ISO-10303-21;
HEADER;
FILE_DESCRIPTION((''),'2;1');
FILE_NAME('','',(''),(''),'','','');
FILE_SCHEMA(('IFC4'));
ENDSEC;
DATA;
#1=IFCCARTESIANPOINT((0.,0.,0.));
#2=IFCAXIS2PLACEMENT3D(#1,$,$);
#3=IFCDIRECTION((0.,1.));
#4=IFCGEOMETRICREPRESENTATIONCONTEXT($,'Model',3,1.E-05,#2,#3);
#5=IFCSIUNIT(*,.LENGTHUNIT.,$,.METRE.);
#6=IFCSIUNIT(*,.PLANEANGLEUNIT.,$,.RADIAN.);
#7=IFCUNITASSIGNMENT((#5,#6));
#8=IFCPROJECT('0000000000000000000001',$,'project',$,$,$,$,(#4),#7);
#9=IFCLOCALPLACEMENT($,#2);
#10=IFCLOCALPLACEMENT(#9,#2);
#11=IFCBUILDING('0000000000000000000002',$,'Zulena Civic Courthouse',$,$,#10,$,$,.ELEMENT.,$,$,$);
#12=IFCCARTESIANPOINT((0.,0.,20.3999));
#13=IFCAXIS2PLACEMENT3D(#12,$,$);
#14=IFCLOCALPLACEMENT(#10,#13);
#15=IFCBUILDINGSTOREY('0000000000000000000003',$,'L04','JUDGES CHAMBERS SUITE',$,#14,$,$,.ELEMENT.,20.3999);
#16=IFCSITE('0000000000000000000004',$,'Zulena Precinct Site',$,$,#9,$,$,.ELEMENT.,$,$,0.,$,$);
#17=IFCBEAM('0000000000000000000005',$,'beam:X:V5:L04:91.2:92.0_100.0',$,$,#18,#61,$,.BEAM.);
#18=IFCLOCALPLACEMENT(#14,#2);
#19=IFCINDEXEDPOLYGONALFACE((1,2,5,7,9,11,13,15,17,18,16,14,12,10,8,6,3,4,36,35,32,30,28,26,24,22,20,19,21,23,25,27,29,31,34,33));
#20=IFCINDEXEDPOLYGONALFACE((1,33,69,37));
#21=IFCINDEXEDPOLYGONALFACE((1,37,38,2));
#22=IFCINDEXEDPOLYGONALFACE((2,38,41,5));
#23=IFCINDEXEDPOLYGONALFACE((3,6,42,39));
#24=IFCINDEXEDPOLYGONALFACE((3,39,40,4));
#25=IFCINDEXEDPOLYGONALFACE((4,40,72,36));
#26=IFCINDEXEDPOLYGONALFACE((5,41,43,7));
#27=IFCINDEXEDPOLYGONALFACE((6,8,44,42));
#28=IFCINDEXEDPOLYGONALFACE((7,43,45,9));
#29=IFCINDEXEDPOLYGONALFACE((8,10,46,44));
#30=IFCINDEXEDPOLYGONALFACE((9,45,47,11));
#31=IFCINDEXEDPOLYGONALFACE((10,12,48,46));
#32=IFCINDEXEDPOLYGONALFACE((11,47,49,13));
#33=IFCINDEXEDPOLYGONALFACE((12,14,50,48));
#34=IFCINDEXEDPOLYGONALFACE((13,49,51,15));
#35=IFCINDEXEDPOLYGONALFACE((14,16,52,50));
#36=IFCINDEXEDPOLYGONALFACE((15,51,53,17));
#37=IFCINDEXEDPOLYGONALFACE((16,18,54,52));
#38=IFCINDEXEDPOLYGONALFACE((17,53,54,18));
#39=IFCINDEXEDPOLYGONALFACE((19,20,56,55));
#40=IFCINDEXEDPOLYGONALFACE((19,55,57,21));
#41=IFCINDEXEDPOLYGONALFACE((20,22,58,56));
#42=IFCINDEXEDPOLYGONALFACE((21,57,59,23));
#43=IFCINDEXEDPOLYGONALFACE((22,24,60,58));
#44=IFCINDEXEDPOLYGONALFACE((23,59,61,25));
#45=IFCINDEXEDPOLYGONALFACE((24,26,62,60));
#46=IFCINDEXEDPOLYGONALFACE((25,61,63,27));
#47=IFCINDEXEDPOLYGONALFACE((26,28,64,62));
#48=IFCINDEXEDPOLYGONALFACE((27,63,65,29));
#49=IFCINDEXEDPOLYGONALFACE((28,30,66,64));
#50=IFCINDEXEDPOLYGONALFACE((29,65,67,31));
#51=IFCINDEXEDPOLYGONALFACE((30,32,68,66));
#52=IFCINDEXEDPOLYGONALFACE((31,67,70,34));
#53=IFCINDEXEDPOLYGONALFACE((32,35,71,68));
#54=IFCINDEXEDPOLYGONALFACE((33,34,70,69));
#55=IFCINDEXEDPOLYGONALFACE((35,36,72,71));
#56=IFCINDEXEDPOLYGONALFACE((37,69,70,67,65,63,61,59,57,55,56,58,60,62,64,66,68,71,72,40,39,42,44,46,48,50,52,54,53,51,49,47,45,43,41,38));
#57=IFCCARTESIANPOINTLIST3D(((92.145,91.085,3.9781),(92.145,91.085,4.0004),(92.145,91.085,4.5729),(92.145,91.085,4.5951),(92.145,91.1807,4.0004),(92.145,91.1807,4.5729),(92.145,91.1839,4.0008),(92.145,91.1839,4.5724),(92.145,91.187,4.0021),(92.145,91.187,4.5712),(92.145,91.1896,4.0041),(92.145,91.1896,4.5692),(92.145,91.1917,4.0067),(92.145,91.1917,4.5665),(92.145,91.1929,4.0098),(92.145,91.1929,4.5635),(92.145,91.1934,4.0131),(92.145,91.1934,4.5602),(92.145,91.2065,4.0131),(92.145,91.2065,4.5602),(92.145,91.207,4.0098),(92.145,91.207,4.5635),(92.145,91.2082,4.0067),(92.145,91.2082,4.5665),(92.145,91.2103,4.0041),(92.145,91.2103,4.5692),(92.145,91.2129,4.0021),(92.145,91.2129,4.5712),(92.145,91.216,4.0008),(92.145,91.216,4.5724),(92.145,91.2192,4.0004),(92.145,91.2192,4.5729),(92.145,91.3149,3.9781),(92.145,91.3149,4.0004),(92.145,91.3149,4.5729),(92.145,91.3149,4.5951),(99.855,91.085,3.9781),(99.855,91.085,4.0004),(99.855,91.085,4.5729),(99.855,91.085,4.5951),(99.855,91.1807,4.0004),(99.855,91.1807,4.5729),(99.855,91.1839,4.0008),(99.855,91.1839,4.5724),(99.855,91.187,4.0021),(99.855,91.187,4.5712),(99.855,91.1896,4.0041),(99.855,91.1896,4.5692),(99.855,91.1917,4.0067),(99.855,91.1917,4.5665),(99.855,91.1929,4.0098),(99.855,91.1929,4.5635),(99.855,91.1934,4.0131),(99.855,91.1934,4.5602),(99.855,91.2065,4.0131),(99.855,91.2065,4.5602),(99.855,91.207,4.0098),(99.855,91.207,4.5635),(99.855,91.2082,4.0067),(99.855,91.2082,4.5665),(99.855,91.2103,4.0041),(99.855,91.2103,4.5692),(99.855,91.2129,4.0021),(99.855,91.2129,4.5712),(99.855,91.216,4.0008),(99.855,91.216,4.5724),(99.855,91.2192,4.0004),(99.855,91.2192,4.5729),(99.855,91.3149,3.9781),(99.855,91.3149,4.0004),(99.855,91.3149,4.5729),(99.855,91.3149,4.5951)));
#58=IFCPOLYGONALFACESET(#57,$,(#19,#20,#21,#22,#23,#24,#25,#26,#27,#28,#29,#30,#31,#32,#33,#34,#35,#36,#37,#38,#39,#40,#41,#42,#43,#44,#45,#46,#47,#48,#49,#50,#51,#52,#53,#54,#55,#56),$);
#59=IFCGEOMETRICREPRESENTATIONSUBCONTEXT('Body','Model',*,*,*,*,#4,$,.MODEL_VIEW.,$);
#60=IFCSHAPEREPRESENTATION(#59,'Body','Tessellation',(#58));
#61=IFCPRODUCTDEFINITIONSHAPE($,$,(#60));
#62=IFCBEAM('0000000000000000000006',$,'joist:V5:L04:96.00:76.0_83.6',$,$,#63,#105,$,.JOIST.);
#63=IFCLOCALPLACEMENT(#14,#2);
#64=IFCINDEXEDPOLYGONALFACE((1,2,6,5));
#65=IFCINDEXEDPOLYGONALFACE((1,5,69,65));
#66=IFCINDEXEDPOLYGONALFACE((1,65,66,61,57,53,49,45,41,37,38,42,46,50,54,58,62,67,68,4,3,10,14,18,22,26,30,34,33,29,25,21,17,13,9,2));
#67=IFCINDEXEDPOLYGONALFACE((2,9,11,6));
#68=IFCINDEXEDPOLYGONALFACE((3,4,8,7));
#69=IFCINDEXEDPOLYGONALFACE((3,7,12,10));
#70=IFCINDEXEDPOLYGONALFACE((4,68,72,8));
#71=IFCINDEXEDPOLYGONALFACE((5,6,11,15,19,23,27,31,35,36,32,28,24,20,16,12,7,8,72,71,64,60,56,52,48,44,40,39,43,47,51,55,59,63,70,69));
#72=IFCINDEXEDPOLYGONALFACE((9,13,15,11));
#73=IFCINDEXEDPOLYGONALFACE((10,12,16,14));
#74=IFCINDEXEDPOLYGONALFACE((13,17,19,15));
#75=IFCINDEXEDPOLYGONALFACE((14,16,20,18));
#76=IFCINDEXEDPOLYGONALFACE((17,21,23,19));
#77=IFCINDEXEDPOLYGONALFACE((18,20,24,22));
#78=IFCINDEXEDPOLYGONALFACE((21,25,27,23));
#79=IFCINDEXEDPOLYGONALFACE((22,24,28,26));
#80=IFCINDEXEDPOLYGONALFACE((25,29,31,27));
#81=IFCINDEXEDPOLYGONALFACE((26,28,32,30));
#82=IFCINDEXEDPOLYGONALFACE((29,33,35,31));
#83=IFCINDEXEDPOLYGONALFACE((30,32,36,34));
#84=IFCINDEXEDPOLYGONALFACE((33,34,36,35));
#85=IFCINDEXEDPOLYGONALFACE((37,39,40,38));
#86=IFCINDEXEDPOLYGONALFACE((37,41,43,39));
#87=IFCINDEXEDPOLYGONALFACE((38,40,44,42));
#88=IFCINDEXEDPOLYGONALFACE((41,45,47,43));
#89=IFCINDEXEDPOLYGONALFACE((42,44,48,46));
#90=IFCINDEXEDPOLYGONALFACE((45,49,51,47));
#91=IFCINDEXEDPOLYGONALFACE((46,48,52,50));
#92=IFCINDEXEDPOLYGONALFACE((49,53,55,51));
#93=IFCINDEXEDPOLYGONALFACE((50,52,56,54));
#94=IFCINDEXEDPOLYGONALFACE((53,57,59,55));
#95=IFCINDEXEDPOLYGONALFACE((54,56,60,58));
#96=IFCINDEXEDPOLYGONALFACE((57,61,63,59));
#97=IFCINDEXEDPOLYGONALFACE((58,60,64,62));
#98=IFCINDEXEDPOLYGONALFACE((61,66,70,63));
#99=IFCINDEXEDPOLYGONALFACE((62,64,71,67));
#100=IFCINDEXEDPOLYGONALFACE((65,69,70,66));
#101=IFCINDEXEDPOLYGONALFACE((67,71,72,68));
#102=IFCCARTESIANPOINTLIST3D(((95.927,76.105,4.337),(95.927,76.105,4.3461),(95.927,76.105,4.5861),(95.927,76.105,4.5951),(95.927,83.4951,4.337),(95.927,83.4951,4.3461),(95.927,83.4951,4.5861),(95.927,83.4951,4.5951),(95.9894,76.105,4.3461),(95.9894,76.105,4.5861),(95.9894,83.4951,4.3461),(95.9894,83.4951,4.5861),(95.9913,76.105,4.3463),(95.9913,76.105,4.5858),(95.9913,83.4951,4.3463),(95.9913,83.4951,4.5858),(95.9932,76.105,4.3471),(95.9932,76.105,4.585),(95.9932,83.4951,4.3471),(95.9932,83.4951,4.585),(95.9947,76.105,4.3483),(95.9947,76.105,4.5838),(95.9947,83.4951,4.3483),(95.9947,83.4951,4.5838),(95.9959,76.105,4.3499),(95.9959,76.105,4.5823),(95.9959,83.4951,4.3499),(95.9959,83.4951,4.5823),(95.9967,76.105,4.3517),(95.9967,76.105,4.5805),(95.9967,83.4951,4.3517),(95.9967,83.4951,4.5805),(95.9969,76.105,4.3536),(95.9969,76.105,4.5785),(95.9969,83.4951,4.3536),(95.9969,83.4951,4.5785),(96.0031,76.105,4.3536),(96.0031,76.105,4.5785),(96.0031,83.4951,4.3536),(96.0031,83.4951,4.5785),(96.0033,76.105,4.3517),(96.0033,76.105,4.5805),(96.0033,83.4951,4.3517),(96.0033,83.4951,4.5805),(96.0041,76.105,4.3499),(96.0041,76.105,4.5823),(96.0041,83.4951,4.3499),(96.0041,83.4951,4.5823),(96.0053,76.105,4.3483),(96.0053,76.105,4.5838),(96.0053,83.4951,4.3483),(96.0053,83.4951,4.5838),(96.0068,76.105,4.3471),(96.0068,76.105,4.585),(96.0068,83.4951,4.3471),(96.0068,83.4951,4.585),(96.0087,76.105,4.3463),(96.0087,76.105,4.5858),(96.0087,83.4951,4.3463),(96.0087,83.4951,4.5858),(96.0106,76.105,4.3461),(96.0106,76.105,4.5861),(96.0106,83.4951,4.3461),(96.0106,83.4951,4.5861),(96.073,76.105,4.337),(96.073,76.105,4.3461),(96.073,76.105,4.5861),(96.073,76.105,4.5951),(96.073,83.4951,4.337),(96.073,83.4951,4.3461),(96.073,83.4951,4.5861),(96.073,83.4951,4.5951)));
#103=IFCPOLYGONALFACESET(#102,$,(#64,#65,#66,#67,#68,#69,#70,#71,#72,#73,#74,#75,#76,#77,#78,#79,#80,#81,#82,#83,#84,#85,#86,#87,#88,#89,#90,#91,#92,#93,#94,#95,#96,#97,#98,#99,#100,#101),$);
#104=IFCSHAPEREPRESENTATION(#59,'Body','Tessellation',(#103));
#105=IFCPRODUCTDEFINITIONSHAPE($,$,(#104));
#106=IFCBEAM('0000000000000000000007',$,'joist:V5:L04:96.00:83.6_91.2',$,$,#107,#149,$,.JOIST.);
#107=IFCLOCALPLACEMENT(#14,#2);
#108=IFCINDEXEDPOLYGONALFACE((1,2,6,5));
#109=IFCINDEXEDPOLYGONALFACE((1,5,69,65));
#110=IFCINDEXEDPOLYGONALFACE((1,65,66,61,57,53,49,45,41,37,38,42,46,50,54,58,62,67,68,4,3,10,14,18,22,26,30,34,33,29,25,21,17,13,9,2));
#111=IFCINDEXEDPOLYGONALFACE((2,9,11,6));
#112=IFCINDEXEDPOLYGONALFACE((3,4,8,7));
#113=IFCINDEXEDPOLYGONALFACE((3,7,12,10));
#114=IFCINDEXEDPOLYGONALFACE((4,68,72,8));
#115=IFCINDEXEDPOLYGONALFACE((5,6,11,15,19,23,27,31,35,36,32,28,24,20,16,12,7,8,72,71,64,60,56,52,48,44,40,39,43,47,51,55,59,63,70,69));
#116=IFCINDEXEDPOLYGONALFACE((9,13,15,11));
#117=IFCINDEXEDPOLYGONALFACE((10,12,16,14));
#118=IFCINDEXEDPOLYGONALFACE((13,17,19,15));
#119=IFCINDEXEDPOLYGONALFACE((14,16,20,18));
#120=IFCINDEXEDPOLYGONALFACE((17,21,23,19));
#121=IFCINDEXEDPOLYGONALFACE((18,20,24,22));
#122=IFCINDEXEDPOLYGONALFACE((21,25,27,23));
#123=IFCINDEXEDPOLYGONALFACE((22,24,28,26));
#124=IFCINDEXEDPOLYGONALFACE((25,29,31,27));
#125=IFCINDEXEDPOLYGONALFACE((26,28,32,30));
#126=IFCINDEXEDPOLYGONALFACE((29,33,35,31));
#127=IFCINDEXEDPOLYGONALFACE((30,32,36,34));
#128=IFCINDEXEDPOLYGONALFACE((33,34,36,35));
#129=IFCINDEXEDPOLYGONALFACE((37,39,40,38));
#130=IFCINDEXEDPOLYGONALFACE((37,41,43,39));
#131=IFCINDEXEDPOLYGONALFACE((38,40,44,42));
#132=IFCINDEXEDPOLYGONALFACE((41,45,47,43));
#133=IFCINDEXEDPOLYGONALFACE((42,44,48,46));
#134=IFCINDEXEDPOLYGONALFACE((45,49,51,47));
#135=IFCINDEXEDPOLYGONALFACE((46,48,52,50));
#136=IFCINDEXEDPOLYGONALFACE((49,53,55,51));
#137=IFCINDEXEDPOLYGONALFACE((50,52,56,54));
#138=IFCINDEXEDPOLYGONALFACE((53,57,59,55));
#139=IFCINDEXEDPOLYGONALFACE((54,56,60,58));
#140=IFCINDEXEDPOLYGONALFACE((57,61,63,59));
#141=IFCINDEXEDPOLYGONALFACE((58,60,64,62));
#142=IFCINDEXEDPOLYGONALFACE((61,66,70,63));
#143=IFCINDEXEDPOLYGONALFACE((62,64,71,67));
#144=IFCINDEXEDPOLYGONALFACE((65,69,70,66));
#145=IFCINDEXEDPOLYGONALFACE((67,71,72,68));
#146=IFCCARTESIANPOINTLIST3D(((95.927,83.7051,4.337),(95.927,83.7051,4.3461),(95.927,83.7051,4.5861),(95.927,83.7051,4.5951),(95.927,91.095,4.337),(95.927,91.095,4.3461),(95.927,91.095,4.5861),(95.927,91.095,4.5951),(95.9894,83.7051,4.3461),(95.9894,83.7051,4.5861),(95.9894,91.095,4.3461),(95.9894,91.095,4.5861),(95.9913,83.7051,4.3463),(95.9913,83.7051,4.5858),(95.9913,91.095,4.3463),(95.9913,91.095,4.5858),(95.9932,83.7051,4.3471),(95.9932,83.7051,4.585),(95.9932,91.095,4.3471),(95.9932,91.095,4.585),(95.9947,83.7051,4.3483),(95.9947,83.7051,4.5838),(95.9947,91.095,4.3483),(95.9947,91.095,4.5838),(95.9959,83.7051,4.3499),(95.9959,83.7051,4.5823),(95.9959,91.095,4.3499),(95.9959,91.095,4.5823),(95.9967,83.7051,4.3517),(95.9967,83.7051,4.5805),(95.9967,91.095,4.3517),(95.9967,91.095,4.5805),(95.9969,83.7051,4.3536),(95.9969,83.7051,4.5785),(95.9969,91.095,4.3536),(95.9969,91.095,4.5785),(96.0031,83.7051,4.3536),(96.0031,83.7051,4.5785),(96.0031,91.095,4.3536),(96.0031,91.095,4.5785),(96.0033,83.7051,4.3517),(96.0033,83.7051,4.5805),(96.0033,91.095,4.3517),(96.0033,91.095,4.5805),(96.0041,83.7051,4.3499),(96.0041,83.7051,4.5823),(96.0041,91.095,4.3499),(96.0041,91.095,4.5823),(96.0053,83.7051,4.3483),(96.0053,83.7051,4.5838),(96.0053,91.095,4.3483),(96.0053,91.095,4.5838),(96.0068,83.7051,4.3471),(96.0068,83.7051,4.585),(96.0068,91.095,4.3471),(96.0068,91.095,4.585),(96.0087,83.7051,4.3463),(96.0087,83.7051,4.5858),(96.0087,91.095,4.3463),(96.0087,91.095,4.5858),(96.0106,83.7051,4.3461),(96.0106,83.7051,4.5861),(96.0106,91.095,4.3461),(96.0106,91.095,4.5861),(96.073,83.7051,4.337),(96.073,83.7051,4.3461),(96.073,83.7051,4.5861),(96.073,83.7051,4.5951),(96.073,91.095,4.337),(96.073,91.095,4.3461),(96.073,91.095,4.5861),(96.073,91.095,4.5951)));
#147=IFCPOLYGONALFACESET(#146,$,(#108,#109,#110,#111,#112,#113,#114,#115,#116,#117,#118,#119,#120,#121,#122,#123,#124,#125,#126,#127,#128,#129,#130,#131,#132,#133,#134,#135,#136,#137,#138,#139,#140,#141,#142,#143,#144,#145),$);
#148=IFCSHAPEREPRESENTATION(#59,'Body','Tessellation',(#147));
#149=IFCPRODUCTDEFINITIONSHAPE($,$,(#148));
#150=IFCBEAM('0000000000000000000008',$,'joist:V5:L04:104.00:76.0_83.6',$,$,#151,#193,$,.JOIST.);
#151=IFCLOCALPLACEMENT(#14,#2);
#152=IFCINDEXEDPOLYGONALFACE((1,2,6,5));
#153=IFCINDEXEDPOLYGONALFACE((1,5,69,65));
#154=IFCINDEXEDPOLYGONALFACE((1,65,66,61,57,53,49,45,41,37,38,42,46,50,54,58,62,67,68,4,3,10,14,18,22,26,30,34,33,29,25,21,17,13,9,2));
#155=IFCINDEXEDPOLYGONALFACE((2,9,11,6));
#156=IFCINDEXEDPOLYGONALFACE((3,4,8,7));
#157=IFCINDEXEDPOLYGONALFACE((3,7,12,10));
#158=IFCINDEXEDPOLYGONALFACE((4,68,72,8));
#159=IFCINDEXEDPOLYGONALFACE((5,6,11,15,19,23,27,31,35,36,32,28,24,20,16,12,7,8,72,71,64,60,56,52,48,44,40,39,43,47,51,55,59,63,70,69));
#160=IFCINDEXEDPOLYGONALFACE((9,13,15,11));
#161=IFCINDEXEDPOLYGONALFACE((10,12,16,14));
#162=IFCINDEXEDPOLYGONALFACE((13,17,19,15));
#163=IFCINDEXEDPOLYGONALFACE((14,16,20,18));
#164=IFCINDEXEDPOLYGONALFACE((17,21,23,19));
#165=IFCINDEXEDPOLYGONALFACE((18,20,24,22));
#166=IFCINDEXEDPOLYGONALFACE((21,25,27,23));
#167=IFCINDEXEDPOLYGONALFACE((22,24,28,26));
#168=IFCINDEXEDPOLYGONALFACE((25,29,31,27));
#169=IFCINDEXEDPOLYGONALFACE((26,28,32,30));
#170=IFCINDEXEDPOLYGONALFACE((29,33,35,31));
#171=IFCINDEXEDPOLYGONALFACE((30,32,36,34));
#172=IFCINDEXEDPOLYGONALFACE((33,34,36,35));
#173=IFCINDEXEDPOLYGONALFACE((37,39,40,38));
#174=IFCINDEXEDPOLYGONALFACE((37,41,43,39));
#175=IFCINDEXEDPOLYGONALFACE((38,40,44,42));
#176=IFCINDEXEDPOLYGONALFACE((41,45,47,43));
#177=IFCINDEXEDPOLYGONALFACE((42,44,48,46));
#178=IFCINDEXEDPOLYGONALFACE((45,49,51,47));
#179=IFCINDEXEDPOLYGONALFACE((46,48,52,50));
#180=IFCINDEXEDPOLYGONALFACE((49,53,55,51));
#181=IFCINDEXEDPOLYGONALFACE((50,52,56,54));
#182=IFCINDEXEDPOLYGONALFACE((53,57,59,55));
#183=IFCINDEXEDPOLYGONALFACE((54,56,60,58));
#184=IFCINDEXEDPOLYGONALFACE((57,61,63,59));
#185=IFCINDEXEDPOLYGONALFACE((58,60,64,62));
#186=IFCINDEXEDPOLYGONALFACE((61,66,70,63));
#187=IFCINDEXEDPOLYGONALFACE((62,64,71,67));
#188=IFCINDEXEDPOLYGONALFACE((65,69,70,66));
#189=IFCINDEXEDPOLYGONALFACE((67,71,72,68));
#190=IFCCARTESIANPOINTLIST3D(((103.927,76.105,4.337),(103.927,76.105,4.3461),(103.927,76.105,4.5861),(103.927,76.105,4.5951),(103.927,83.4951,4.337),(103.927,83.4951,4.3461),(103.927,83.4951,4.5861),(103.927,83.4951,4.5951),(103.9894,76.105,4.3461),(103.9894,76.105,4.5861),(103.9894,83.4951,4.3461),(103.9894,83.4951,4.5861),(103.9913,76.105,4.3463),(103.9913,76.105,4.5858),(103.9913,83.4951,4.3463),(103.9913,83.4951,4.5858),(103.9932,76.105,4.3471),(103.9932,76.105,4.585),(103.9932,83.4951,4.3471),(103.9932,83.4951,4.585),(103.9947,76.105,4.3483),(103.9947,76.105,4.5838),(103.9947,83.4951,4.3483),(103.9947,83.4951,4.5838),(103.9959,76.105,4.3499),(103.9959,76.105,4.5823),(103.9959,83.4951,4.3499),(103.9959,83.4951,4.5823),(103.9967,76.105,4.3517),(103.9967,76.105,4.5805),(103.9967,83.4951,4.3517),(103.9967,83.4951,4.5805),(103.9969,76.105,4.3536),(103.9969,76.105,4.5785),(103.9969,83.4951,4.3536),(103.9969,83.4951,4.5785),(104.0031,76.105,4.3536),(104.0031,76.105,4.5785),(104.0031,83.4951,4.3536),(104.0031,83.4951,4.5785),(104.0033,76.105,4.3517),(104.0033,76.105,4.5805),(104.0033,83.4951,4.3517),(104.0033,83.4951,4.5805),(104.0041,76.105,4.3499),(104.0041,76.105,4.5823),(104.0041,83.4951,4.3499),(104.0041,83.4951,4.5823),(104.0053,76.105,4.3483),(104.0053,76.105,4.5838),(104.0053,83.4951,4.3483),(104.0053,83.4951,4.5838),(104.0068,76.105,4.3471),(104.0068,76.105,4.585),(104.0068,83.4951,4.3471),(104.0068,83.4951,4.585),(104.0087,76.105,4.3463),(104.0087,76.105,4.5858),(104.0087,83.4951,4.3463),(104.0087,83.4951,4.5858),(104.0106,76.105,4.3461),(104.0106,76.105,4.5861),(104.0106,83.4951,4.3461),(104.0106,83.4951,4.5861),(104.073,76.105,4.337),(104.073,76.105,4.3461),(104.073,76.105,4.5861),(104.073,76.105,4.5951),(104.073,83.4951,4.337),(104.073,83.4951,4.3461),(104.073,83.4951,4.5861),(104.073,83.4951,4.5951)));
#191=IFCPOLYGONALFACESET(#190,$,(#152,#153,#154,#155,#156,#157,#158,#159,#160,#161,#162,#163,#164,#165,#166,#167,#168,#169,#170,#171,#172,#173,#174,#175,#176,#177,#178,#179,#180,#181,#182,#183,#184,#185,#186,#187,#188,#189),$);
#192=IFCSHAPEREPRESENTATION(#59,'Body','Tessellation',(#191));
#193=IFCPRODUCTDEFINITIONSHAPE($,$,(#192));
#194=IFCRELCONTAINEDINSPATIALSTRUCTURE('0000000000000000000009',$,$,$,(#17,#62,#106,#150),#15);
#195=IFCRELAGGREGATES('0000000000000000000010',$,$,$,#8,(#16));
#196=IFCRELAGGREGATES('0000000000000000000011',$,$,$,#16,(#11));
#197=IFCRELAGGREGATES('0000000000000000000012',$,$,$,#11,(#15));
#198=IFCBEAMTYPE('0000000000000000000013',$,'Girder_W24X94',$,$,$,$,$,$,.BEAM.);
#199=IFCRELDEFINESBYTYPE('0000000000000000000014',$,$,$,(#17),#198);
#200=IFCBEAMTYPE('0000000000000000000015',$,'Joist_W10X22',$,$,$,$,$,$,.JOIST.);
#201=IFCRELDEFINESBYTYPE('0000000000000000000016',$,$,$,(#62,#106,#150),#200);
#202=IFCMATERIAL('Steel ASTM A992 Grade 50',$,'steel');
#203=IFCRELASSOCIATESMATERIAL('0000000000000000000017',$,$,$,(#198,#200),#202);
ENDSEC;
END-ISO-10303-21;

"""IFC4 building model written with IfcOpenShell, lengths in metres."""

from ifc_helpers import new_model, si_unit, direction, frame, origin, origin_2d, place, context, subcontext, project, spatial, i_section, extrude, material, material_profile, profile_set, type_object, element, save


model = new_model("IFC4")

# Units and contexts
model_context = context("Model", 3, precision=1e-05, world=origin(), true_north=direction((0.0, 1.0)))
body_context = subcontext(model_context, "Body", "Model", "MODEL_VIEW")
ifc_project = project(units=[si_unit("LENGTHUNIT", "METRE"), si_unit("PLANEANGLEUNIT", "RADIAN")], contexts=[model_context])

# Site, building, storey
site_placement = place(None, origin())
site = spatial("IfcSite", under=ifc_project, at=site_placement, Name="Zulena Precinct Site", CompositionType="ELEMENT", RefElevation=0.0)
building_placement = place(site_placement, origin())
building = spatial("IfcBuilding", under=site, at=building_placement, Name="Zulena Civic Courthouse", CompositionType="ELEMENT")
storey_placement = place(building_placement, frame((0.0, 0.0, 20.3999)))
storey = spatial("IfcBuildingStorey", under=building, at=storey_placement, Name="L04", Description="JUDGES CHAMBERS SUITE", CompositionType="ELEMENT", Elevation=20.3999)

# Shared definitions
ifc_material_1 = material(Name="Steel ASTM A992 Grade 50", Category="steel")

# Beams
ifc_material_profile_1 = material_profile(ifc_material_1, i_section(OverallWidth=0.23, OverallDepth=0.6169, WebThickness=0.0132, FlangeThickness=0.0222, FilletRadius=0.0127, at=origin_2d()), Name="W24X94")
ifc_profile_set_1 = profile_set([ifc_material_profile_1], Name="Steel ASTM A992 Grade 50")
beam_type_1 = type_object("IfcBeamType", Name="Girder_W24X94", PredefinedType="BEAM", material=ifc_profile_set_1)
beam_1_placement = place(storey_placement, frame((92.145, 91.2, 4.2866), z_axis=(1.0, 0.0, 0.0), x_axis=(0.0, 1.0, 0.0)))
element("IfcBeam", 1, at=beam_1_placement, inside=storey, type_object=beam_type_1, Name="beam:X:V5:L04:91.2:92.0_100.0", PredefinedType="BEAM", context=body_context, shape_type="SweptSolid", body=[
    extrude(i_section(OverallWidth=0.23, OverallDepth=0.6169, WebThickness=0.0132, FlangeThickness=0.0222, FilletRadius=0.0127, at=origin_2d()), origin(), (0.0, 0.0, 1.0), 7.71),
])
ifc_material_profile_2 = material_profile(ifc_material_1, i_section(OverallWidth=0.146, OverallDepth=0.2581, WebThickness=0.0061, FlangeThickness=0.009, FilletRadius=0.0076, at=origin_2d()), Name="W10X22")
ifc_profile_set_2 = profile_set([ifc_material_profile_2], Name="Steel ASTM A992 Grade 50")
beam_type_2 = type_object("IfcBeamType", Name="Joist_W10X22", PredefinedType="JOIST", material=ifc_profile_set_2)
beam_2_placement = place(storey_placement, frame((96.0, 76.105, 4.4661), z_axis=(0.0, 1.0, 0.0), x_axis=(-1.0, 0.0, 0.0)))
element("IfcBeam", 2, at=beam_2_placement, inside=storey, type_object=beam_type_2, Name="joist:V5:L04:96.00:76.0_83.6", PredefinedType="JOIST", context=body_context, shape_type="SweptSolid", body=[
    extrude(i_section(OverallWidth=0.146, OverallDepth=0.2581, WebThickness=0.0061, FlangeThickness=0.009, FilletRadius=0.0076, at=origin_2d()), origin(), (0.0, 0.0, 1.0), 7.3901),
])
beam_3_placement = place(storey_placement, frame((96.0, 83.7051, 4.4661), z_axis=(0.0, 1.0, 0.0), x_axis=(-1.0, 0.0, 0.0)))
element("IfcBeam", 3, at=beam_3_placement, inside=storey, type_object=beam_type_2, Name="joist:V5:L04:96.00:83.6_91.2", PredefinedType="JOIST", context=body_context, shape_type="SweptSolid", body=[
    extrude(i_section(OverallWidth=0.146, OverallDepth=0.2581, WebThickness=0.0061, FlangeThickness=0.009, FilletRadius=0.0076, at=origin_2d()), origin(), (0.0, 0.0, 1.0), 7.3899),
])
beam_4_placement = place(storey_placement, frame((104.0, 76.105, 4.4661), z_axis=(0.0, 1.0, 0.0), x_axis=(-1.0, 0.0, 0.0)))
element("IfcBeam", 4, at=beam_4_placement, inside=storey, type_object=beam_type_2, Name="joist:V5:L04:104.00:76.0_83.6", PredefinedType="JOIST", context=body_context, shape_type="SweptSolid", body=[
    extrude(i_section(OverallWidth=0.146, OverallDepth=0.2581, WebThickness=0.0061, FlangeThickness=0.009, FilletRadius=0.0076, at=origin_2d()), origin(), (0.0, 0.0, 1.0), 7.3901),
])

save(model, "model.ifc")
